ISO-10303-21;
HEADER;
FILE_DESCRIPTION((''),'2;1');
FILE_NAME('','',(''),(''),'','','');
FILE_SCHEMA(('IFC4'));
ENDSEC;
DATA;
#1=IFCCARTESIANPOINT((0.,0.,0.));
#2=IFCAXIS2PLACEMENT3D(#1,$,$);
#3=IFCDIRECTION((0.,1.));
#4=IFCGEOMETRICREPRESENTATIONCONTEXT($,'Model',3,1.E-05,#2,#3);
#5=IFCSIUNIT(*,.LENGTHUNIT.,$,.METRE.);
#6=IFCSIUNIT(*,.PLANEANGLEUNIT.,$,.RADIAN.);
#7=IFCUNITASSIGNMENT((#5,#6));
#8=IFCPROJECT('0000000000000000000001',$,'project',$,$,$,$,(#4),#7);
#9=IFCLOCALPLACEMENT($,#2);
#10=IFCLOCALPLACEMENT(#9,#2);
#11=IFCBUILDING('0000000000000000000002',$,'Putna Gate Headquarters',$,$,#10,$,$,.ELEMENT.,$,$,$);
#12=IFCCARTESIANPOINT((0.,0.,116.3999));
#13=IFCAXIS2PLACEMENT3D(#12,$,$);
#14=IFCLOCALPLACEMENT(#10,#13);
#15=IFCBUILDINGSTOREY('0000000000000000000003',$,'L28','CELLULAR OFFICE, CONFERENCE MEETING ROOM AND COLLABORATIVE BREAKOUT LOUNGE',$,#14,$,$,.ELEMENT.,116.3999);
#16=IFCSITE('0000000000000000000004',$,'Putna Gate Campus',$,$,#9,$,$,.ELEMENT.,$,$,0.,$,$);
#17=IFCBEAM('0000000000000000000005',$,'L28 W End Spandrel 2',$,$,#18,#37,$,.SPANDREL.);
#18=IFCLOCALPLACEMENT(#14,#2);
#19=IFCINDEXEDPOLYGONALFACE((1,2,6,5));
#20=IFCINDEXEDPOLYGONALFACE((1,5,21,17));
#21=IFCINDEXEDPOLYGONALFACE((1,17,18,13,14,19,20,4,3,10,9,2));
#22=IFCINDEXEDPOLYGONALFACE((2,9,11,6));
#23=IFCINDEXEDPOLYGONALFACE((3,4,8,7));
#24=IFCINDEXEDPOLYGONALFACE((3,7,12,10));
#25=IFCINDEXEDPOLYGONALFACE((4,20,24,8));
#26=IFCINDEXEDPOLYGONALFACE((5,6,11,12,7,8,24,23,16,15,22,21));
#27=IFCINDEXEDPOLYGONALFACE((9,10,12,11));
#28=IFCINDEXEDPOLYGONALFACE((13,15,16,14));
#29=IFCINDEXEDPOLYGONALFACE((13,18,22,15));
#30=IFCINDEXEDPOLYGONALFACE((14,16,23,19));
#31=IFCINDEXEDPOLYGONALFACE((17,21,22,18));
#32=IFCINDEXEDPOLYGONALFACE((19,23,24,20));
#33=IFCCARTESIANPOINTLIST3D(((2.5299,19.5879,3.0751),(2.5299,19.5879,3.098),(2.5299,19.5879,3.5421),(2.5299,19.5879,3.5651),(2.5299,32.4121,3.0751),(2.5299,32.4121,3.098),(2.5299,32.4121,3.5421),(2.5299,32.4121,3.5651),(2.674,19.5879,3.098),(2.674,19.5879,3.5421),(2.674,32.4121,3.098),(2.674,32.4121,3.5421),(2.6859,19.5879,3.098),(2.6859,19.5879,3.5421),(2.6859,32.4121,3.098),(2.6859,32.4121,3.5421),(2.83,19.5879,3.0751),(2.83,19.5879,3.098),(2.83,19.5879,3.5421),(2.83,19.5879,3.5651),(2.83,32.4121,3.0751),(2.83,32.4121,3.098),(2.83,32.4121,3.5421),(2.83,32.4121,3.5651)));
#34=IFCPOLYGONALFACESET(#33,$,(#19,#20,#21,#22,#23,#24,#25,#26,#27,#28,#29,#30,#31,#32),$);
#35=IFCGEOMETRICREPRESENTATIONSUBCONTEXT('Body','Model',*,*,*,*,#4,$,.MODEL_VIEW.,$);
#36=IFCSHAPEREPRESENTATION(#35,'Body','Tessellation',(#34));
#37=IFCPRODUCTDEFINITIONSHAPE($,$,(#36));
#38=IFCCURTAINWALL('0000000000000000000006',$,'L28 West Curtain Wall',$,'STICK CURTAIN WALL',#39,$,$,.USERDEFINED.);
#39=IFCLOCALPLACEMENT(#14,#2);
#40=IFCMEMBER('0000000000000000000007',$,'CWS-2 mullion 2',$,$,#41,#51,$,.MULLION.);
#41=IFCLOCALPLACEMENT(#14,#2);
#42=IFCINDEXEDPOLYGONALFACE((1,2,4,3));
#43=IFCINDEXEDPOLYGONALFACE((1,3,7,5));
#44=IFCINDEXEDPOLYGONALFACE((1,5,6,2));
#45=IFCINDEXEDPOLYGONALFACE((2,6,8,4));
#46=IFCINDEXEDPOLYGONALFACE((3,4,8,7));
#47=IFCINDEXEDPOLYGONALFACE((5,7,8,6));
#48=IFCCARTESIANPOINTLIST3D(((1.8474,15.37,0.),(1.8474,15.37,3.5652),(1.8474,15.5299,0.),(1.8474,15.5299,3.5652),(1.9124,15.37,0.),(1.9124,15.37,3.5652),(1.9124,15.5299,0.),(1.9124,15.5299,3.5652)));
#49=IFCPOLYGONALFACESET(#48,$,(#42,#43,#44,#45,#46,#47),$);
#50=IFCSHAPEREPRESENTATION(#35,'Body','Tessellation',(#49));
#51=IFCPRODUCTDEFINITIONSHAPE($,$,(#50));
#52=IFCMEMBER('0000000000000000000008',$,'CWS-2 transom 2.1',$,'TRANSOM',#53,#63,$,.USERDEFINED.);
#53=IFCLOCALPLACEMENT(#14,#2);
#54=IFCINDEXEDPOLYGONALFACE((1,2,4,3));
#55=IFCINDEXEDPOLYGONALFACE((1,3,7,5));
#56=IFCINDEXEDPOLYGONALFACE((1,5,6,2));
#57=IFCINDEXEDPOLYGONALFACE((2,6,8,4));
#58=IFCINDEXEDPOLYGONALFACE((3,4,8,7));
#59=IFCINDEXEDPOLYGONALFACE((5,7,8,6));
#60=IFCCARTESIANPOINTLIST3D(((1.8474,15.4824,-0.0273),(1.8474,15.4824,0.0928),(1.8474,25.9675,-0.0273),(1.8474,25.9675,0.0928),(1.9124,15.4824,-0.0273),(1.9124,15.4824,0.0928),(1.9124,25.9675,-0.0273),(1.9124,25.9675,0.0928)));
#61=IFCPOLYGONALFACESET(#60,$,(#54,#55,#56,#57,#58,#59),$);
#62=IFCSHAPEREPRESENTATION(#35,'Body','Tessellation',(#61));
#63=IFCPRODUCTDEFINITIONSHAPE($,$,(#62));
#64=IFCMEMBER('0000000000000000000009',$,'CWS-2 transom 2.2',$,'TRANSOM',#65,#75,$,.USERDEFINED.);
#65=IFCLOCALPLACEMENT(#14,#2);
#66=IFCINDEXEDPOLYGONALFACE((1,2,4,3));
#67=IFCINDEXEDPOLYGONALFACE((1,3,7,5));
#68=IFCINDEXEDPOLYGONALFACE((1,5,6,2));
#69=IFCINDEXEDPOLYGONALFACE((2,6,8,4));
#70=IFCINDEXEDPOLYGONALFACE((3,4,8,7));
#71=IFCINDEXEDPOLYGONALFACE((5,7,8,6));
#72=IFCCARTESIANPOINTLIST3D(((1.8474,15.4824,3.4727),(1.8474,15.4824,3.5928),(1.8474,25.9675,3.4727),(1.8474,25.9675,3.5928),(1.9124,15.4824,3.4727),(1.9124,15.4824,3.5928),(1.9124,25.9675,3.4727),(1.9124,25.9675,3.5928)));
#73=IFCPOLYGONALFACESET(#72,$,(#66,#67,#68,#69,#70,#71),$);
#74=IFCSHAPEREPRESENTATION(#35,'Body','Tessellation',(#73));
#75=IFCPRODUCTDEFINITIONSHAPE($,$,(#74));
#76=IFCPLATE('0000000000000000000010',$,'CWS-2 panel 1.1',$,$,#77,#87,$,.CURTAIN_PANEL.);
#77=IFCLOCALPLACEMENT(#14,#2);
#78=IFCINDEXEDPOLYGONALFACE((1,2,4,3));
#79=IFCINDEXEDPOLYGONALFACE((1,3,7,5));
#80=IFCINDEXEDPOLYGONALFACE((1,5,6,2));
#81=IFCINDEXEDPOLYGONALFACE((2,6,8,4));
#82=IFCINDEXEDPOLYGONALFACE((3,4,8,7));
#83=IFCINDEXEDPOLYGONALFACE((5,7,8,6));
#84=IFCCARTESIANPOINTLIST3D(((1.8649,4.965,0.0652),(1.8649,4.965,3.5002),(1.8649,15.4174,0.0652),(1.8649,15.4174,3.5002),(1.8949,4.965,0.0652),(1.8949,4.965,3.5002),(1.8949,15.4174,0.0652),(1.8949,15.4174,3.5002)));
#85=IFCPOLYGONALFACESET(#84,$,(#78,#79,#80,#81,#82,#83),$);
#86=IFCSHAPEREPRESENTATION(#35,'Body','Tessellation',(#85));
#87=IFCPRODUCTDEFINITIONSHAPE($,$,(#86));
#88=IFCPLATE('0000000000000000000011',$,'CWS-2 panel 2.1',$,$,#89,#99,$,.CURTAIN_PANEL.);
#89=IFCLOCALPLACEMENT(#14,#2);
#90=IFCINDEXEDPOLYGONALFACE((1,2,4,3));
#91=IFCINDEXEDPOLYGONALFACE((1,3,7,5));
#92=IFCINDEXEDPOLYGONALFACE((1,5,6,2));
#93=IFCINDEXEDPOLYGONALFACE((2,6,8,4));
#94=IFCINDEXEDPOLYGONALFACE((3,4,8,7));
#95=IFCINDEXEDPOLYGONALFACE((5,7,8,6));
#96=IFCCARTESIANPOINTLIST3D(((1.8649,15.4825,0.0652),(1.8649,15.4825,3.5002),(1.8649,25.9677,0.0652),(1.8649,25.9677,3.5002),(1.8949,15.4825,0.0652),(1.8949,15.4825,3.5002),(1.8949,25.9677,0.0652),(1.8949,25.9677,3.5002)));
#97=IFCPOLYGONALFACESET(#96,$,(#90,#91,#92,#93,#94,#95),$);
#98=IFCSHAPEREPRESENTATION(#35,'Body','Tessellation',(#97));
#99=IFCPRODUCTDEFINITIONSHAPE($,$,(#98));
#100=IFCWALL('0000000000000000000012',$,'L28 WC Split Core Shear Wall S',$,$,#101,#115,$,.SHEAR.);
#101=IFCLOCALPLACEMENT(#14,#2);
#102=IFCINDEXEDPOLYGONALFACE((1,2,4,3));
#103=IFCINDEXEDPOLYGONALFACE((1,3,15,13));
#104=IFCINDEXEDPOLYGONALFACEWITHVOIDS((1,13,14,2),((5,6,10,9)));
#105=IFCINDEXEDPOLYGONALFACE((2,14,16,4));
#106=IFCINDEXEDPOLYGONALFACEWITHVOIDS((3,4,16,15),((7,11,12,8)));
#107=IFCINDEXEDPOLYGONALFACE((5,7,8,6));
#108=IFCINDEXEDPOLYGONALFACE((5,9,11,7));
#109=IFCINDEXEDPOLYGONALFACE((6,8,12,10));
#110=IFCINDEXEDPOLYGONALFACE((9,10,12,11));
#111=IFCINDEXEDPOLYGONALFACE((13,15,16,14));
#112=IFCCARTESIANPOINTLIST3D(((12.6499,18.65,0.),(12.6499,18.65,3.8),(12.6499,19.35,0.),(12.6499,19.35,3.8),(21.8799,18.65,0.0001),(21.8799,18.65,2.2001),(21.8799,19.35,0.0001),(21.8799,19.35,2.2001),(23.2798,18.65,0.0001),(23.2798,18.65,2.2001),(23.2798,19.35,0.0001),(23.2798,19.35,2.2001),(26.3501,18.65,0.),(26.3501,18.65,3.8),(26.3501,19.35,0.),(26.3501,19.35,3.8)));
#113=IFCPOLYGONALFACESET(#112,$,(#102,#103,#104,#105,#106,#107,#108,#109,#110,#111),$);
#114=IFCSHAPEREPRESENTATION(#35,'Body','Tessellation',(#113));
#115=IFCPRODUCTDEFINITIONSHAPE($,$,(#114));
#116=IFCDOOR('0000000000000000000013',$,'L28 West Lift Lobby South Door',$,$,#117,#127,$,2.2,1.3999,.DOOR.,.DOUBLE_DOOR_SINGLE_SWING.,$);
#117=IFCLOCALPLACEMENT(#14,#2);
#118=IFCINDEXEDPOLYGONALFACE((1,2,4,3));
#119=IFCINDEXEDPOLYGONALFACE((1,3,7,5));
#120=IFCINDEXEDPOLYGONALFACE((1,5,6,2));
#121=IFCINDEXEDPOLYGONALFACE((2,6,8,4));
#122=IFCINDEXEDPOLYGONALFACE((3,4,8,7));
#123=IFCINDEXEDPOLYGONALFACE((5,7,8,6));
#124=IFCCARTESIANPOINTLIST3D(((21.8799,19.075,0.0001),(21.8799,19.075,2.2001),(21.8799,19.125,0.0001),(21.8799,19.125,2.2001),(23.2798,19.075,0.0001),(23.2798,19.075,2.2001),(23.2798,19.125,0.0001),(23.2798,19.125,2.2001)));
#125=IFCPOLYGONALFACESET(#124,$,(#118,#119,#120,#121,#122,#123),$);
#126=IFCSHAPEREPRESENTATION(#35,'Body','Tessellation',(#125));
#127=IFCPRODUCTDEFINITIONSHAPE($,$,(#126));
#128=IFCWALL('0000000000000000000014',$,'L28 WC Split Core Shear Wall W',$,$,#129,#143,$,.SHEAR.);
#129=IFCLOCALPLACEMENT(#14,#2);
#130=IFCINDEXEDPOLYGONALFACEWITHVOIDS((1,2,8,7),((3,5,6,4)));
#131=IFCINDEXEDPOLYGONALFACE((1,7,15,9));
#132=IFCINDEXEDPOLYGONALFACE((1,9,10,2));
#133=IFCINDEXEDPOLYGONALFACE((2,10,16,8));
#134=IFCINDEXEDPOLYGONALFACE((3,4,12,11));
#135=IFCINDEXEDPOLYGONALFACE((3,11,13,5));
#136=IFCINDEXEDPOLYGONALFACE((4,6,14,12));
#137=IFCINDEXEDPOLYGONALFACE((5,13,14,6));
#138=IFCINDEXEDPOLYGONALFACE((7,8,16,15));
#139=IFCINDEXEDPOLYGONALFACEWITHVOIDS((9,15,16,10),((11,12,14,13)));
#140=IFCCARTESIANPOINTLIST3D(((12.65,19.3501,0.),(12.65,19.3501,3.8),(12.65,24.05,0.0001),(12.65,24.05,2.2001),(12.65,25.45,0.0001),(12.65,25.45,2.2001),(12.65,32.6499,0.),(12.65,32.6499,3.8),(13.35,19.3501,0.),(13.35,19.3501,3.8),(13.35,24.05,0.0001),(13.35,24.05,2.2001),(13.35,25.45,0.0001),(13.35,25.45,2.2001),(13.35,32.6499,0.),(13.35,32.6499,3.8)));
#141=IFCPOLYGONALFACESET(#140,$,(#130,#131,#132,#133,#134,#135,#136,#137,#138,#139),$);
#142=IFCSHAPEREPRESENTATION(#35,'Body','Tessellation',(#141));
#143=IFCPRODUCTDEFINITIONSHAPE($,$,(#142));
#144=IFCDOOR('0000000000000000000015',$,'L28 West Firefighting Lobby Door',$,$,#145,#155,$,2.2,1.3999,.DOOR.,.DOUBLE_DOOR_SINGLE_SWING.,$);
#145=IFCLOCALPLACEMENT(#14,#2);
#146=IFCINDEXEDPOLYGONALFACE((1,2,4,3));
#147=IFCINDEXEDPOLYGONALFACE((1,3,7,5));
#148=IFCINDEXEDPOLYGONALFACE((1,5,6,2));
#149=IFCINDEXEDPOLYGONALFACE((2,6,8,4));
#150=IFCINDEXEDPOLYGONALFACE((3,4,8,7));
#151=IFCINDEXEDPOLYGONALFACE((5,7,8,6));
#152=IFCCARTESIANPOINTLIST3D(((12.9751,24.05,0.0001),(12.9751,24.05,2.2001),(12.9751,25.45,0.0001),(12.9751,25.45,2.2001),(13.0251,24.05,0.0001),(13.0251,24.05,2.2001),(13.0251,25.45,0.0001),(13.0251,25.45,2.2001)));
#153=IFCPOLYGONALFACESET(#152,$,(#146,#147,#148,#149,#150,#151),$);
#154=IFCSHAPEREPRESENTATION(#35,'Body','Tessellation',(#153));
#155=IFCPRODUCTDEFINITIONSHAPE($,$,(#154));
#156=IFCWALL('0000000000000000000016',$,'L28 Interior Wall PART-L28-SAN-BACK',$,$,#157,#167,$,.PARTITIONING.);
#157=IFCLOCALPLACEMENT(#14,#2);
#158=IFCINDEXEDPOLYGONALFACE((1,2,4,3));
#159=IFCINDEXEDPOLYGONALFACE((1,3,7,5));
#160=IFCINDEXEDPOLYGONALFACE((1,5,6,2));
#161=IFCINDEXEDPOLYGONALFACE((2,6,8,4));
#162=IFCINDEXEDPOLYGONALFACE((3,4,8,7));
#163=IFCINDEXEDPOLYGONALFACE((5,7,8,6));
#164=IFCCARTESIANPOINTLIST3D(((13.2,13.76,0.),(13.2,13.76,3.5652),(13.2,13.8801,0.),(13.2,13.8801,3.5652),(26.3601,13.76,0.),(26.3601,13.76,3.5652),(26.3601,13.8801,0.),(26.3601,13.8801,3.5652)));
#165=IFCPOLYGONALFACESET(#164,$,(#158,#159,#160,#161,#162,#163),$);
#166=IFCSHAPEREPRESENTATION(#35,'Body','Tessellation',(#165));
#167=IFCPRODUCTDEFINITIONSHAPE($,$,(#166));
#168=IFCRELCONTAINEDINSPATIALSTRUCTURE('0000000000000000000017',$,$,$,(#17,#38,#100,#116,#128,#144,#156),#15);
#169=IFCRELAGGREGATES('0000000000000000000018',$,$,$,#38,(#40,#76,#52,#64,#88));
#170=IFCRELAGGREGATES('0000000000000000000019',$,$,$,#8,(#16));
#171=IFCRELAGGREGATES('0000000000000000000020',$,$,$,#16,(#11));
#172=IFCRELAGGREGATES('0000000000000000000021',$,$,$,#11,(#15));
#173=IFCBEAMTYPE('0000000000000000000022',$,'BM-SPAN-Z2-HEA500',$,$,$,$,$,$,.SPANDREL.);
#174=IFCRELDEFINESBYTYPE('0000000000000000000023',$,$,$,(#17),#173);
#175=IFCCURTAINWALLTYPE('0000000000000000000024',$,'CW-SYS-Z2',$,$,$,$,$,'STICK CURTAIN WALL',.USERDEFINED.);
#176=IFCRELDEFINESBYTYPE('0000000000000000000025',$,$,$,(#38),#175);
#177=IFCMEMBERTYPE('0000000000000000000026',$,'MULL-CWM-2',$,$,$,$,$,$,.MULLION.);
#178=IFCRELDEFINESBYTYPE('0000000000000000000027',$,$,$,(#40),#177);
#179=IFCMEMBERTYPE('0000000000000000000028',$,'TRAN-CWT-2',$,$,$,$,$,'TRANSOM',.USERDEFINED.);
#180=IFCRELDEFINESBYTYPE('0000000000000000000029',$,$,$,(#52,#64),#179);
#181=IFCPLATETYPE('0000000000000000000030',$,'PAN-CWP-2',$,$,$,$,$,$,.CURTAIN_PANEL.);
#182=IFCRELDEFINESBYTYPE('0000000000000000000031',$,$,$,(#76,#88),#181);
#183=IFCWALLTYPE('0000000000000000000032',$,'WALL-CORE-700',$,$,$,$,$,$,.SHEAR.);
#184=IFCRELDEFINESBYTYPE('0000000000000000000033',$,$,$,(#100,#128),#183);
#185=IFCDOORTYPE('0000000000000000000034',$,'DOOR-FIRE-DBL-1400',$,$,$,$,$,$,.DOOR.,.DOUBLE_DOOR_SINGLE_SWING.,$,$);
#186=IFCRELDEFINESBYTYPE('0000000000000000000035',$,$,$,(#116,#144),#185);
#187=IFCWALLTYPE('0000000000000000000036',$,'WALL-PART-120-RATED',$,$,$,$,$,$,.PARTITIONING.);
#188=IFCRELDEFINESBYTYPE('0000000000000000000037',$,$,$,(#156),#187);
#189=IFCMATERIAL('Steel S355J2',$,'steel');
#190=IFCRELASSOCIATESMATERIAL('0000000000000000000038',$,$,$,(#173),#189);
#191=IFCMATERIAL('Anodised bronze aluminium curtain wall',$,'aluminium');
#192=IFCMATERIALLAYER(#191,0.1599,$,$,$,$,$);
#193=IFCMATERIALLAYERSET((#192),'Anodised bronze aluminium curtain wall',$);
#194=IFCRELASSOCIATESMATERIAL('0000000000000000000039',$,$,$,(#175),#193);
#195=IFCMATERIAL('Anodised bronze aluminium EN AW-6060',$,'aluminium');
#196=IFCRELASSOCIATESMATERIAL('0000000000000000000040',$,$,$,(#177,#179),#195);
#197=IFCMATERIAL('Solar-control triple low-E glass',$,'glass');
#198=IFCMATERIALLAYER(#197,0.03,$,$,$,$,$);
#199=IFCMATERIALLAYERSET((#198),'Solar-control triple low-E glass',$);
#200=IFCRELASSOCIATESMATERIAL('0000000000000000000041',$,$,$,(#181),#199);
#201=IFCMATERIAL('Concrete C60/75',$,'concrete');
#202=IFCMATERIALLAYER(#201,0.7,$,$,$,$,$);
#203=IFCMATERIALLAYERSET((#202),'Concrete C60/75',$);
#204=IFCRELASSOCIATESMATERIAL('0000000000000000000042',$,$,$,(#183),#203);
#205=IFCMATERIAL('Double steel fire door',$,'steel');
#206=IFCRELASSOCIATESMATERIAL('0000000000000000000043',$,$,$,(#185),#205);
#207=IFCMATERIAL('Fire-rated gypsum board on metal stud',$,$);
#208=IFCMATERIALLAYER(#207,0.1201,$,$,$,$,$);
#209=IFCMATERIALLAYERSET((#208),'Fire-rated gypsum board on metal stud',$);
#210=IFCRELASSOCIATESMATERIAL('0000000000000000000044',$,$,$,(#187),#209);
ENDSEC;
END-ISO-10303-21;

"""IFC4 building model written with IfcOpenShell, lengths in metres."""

from ifc_helpers import new_model, si_unit, direction, frame, frame_2d, origin, origin_2d, place, context, subcontext, project, spatial, rectangle, i_section, extrude, material, layer, layer_set, material_profile, profile_set, type_object, element, fill, aggregate, save


model = new_model("IFC4")

# Units and contexts
model_context = context("Model", 3, precision=1e-05, world=origin(), true_north=direction((0.0, 1.0)))
body_context = subcontext(model_context, "Body", "Model", "MODEL_VIEW")
ifc_project = project(units=[si_unit("LENGTHUNIT", "METRE"), si_unit("PLANEANGLEUNIT", "RADIAN")], contexts=[model_context])

# Site, building, storey
site_placement = place(None, origin())
site = spatial("IfcSite", under=ifc_project, at=site_placement, Name="Putna Gate Campus", CompositionType="ELEMENT", RefElevation=0.0)
building_placement = place(site_placement, origin())
building = spatial("IfcBuilding", under=site, at=building_placement, Name="Putna Gate Headquarters", CompositionType="ELEMENT")
storey_placement = place(building_placement, frame((0.0, 0.0, 116.3999)))
storey = spatial("IfcBuildingStorey", under=building, at=storey_placement, Name="L28", Description="CELLULAR OFFICE, CONFERENCE MEETING ROOM AND COLLABORATIVE BREAKOUT LOUNGE", CompositionType="ELEMENT", Elevation=116.3999)

# Shared definitions
ifc_material_1 = material(Name="Concrete C60/75", Category="concrete")

# Beam
ifc_material_2 = material(Name="Steel S355J2", Category="steel")
ifc_material_profile_1 = material_profile(ifc_material_2, i_section(OverallWidth=0.3, OverallDepth=0.49, WebThickness=0.012, FlangeThickness=0.0229, at=origin_2d()), Name="Steel S355J2")
ifc_profile_set_1 = profile_set([ifc_material_profile_1], Name="Steel S355J2")
beam_type_1 = type_object("IfcBeamType", Name="BM-SPAN-Z2-HEA500", PredefinedType="SPANDREL", material=ifc_profile_set_1)
beam_1_placement = place(storey_placement, frame((2.6799, 19.5879, 3.3201), z_axis=(0.0, 1.0, 0.0), x_axis=(-1.0, 0.0, 0.0)))
element("IfcBeam", 1, at=beam_1_placement, inside=storey, type_object=beam_type_1, Name="L28 W End Spandrel 2", PredefinedType="SPANDREL", context=body_context, shape_type="SweptSolid", body=[
    extrude(i_section(OverallWidth=0.3, OverallDepth=0.49, WebThickness=0.012, FlangeThickness=0.0229, at=origin_2d()), origin(), (0.0, 0.0, 1.0), 12.8242),
])

# Curtain wall, members, plates
ifc_material_3 = material(Name="Anodised bronze aluminium curtain wall", Category="aluminium")
ifc_layer_1 = layer(ifc_material_3, 0.1599)
ifc_layer_set_1 = layer_set([ifc_layer_1], Name="Anodised bronze aluminium curtain wall")
curtain_wall_type = type_object("IfcCurtainWallType", Name="CW-SYS-Z2", ElementType="STICK CURTAIN WALL", PredefinedType="USERDEFINED", material=ifc_layer_set_1)
curtain_wall_placement = place(storey_placement, origin())
curtain_wall = element("IfcCurtainWall", 2, at=curtain_wall_placement, inside=storey, type_object=curtain_wall_type, Name="L28 West Curtain Wall", ObjectType="STICK CURTAIN WALL", PredefinedType="USERDEFINED")
ifc_material_4 = material(Name="Anodised bronze aluminium EN AW-6060", Category="aluminium")
ifc_material_profile_2 = material_profile(ifc_material_4, rectangle(XDim=0.0649, YDim=0.1599, at=origin_2d()), Name="Anodised bronze aluminium EN AW-6060")
ifc_profile_set_2 = profile_set([ifc_material_profile_2], Name="Anodised bronze aluminium EN AW-6060")
member_type_1 = type_object("IfcMemberType", Name="MULL-CWM-2", PredefinedType="MULLION", material=ifc_profile_set_2)
member_1_placement = place(storey_placement, frame((1.8799, 15.45, 0.0), z_axis=(0.0, 0.0, 1.0), x_axis=(-1.0, 0.0, 0.0)))
member_1 = element("IfcMember", 3, at=member_1_placement, type_object=member_type_1, Name="CWS-2 mullion 2", PredefinedType="MULLION", context=body_context, shape_type="SweptSolid", body=[
    extrude(rectangle(XDim=0.0649, YDim=0.1599, at=origin_2d()), origin(), (0.0, 0.0, 1.0), 3.5652),
])
ifc_material_profile_3 = material_profile(ifc_material_4, rectangle(XDim=0.0649, YDim=0.1201, at=origin_2d()), Name="Anodised bronze aluminium EN AW-6060")
ifc_profile_set_3 = profile_set([ifc_material_profile_3], Name="Anodised bronze aluminium EN AW-6060")
member_type_2 = type_object("IfcMemberType", Name="TRAN-CWT-2", ElementType="TRANSOM", PredefinedType="USERDEFINED", material=ifc_profile_set_3)
member_2_placement = place(storey_placement, frame((1.8799, 15.4824, 0.0327), z_axis=(0.0, 1.0, 0.0), x_axis=(-1.0, 0.0, 0.0)))
member_2 = element("IfcMember", 4, at=member_2_placement, type_object=member_type_2, Name="CWS-2 transom 2.1", ObjectType="TRANSOM", PredefinedType="USERDEFINED", context=body_context, shape_type="SweptSolid", body=[
    extrude(rectangle(XDim=0.0649, YDim=0.1201, at=origin_2d()), origin(), (0.0, 0.0, 1.0), 10.4851),
])
member_3_placement = place(storey_placement, frame((1.8799, 15.4824, 3.5327), z_axis=(0.0, 1.0, 0.0), x_axis=(-1.0, 0.0, 0.0)))
member_3 = element("IfcMember", 5, at=member_3_placement, type_object=member_type_2, Name="CWS-2 transom 2.2", ObjectType="TRANSOM", PredefinedType="USERDEFINED", context=body_context, shape_type="SweptSolid", body=[
    extrude(rectangle(XDim=0.0649, YDim=0.1201, at=origin_2d()), origin(), (0.0, 0.0, 1.0), 10.4851),
])
ifc_material_5 = material(Name="Solar-control triple low-E glass", Category="glass")
ifc_layer_2 = layer(ifc_material_5, 0.03)
ifc_layer_set_2 = layer_set([ifc_layer_2], Name="Solar-control triple low-E glass")
plate_type = type_object("IfcPlateType", Name="PAN-CWP-2", PredefinedType="CURTAIN_PANEL", material=ifc_layer_set_2)
plate_1_placement = place(storey_placement, frame((1.8799, 10.1912, 0.0652), z_axis=(0.0, 0.0, 1.0), x_axis=(0.0, 1.0, 0.0)))
plate_1 = element("IfcPlate", 6, at=plate_1_placement, type_object=plate_type, Name="CWS-2 panel 1.1", PredefinedType="CURTAIN_PANEL", context=body_context, shape_type="SweptSolid", body=[
    extrude(rectangle(XDim=10.4524, YDim=0.03, at=origin_2d()), origin(), (0.0, 0.0, 1.0), 3.4351),
])
plate_2_placement = place(storey_placement, frame((1.8799, 20.7251, 0.0652), z_axis=(0.0, 0.0, 1.0), x_axis=(0.0, 1.0, 0.0)))
plate_2 = element("IfcPlate", 7, at=plate_2_placement, type_object=plate_type, Name="CWS-2 panel 2.1", PredefinedType="CURTAIN_PANEL", context=body_context, shape_type="SweptSolid", body=[
    extrude(rectangle(XDim=10.4851, YDim=0.03, at=origin_2d()), origin(), (0.0, 0.0, 1.0), 3.4351),
])
aggregate(curtain_wall, [member_1, plate_1, member_2, member_3, plate_2])

# Walls, openings, doors
ifc_layer_3 = layer(ifc_material_1, 0.7)
ifc_layer_set_3 = layer_set([ifc_layer_3], Name="Concrete C60/75")
wall_type_1 = type_object("IfcWallType", Name="WALL-CORE-700", PredefinedType="SHEAR", material=ifc_layer_set_3)
wall_1_placement = place(storey_placement, frame((12.6499, 19.0, 0.0), z_axis=(0.0, 0.0, 1.0), x_axis=(1.0, 0.0, 0.0)))
wall_1 = element("IfcWall", 8, at=wall_1_placement, inside=storey, type_object=wall_type_1, Name="L28 WC Split Core Shear Wall S", PredefinedType="SHEAR", context=body_context, shape_type="SweptSolid", body=[
    extrude(rectangle(XDim=13.7002, YDim=0.7, at=frame_2d((6.8501, 0.0))), origin(), (0.0, 0.0, 1.0), 3.8),
])
opening_1_placement = place(wall_1_placement, frame((9.23, 0.0, 0.0)))
opening_1 = element("IfcOpeningElement", 9, at=opening_1_placement, cuts=wall_1, PredefinedType="OPENING", context=body_context, shape_type="SweptSolid", body=[
    extrude(rectangle(XDim=1.3999, YDim=2.2, at=frame_2d((0.7, 1.1001))), frame((0.0, 0.3599, 0.0), z_axis=(0.0, -1.0, 0.0), x_axis=(1.0, 0.0, 0.0)), (0.0, 0.0, 1.0), 0.72),
])
ifc_material_6 = material(Name="Double steel fire door", Category="steel")
door_type_1 = type_object("IfcDoorType", Name="DOOR-FIRE-DBL-1400", OperationType="DOUBLE_DOOR_SINGLE_SWING", PredefinedType="DOOR", material=ifc_material_6)
door_1_placement = place(opening_1_placement, origin())
door_1 = element("IfcDoor", 10, at=door_1_placement, inside=storey, type_object=door_type_1, Name="L28 West Lift Lobby South Door", OperationType="DOUBLE_DOOR_SINGLE_SWING", OverallHeight=2.2, OverallWidth=1.3999, PredefinedType="DOOR", context=body_context, shape_type="SweptSolid", body=[
    extrude(rectangle(XDim=1.3999, YDim=2.2, at=frame_2d((0.7, 1.1001))), frame((0.0, 0.125, 0.0), z_axis=(0.0, -1.0, 0.0), x_axis=(1.0, 0.0, 0.0)), (0.0, 0.0, 1.0), 0.05),
])
fill(opening_1, door_1)
wall_2_placement = place(storey_placement, frame((13.0, 19.3501, 0.0), z_axis=(0.0, 0.0, 1.0), x_axis=(0.0, 1.0, 0.0)))
wall_2 = element("IfcWall", 11, at=wall_2_placement, inside=storey, type_object=wall_type_1, Name="L28 WC Split Core Shear Wall W", PredefinedType="SHEAR", context=body_context, shape_type="SweptSolid", body=[
    extrude(rectangle(XDim=13.2998, YDim=0.7, at=frame_2d((6.6499, 0.0))), origin(), (0.0, 0.0, 1.0), 3.8),
])
opening_2_placement = place(wall_2_placement, frame((4.7, 0.0, 0.0)))
opening_2 = element("IfcOpeningElement", 12, at=opening_2_placement, cuts=wall_2, PredefinedType="OPENING", context=body_context, shape_type="SweptSolid", body=[
    extrude(rectangle(XDim=1.3999, YDim=2.2, at=frame_2d((0.7, 1.1001))), frame((0.0, 0.3599, 0.0), z_axis=(0.0, -1.0, 0.0), x_axis=(1.0, 0.0, 0.0)), (0.0, 0.0, 1.0), 0.72),
])
door_2_placement = place(opening_2_placement, origin())
door_2 = element("IfcDoor", 13, at=door_2_placement, inside=storey, type_object=door_type_1, Name="L28 West Firefighting Lobby Door", OperationType="DOUBLE_DOOR_SINGLE_SWING", OverallHeight=2.2, OverallWidth=1.3999, PredefinedType="DOOR", context=body_context, shape_type="SweptSolid", body=[
    extrude(rectangle(XDim=1.3999, YDim=2.2, at=frame_2d((0.7, 1.1001))), frame((0.0, 0.0249, 0.0), z_axis=(0.0, -1.0, 0.0), x_axis=(1.0, 0.0, 0.0)), (0.0, 0.0, 1.0), 0.05),
])
fill(opening_2, door_2)

# Shared definitions
ifc_material_7 = material(Name="Fire-rated gypsum board on metal stud")
ifc_layer_4 = layer(ifc_material_7, 0.1201)
ifc_layer_set_4 = layer_set([ifc_layer_4], Name="Fire-rated gypsum board on metal stud")
wall_type_2 = type_object("IfcWallType", Name="WALL-PART-120-RATED", PredefinedType="PARTITIONING", material=ifc_layer_set_4)

# Wall
wall_3_placement = place(storey_placement, frame((13.2, 13.8201, 0.0), z_axis=(0.0, 0.0, 1.0), x_axis=(1.0, 0.0, 0.0)))
element("IfcWall", 14, at=wall_3_placement, inside=storey, type_object=wall_type_2, Name="L28 Interior Wall PART-L28-SAN-BACK", PredefinedType="PARTITIONING", context=body_context, shape_type="SweptSolid", body=[
    extrude(rectangle(XDim=13.1602, YDim=0.1201, at=frame_2d((6.5801, 0.0))), origin(), (0.0, 0.0, 1.0), 3.5652),
])

save(model, "model.ifc")
